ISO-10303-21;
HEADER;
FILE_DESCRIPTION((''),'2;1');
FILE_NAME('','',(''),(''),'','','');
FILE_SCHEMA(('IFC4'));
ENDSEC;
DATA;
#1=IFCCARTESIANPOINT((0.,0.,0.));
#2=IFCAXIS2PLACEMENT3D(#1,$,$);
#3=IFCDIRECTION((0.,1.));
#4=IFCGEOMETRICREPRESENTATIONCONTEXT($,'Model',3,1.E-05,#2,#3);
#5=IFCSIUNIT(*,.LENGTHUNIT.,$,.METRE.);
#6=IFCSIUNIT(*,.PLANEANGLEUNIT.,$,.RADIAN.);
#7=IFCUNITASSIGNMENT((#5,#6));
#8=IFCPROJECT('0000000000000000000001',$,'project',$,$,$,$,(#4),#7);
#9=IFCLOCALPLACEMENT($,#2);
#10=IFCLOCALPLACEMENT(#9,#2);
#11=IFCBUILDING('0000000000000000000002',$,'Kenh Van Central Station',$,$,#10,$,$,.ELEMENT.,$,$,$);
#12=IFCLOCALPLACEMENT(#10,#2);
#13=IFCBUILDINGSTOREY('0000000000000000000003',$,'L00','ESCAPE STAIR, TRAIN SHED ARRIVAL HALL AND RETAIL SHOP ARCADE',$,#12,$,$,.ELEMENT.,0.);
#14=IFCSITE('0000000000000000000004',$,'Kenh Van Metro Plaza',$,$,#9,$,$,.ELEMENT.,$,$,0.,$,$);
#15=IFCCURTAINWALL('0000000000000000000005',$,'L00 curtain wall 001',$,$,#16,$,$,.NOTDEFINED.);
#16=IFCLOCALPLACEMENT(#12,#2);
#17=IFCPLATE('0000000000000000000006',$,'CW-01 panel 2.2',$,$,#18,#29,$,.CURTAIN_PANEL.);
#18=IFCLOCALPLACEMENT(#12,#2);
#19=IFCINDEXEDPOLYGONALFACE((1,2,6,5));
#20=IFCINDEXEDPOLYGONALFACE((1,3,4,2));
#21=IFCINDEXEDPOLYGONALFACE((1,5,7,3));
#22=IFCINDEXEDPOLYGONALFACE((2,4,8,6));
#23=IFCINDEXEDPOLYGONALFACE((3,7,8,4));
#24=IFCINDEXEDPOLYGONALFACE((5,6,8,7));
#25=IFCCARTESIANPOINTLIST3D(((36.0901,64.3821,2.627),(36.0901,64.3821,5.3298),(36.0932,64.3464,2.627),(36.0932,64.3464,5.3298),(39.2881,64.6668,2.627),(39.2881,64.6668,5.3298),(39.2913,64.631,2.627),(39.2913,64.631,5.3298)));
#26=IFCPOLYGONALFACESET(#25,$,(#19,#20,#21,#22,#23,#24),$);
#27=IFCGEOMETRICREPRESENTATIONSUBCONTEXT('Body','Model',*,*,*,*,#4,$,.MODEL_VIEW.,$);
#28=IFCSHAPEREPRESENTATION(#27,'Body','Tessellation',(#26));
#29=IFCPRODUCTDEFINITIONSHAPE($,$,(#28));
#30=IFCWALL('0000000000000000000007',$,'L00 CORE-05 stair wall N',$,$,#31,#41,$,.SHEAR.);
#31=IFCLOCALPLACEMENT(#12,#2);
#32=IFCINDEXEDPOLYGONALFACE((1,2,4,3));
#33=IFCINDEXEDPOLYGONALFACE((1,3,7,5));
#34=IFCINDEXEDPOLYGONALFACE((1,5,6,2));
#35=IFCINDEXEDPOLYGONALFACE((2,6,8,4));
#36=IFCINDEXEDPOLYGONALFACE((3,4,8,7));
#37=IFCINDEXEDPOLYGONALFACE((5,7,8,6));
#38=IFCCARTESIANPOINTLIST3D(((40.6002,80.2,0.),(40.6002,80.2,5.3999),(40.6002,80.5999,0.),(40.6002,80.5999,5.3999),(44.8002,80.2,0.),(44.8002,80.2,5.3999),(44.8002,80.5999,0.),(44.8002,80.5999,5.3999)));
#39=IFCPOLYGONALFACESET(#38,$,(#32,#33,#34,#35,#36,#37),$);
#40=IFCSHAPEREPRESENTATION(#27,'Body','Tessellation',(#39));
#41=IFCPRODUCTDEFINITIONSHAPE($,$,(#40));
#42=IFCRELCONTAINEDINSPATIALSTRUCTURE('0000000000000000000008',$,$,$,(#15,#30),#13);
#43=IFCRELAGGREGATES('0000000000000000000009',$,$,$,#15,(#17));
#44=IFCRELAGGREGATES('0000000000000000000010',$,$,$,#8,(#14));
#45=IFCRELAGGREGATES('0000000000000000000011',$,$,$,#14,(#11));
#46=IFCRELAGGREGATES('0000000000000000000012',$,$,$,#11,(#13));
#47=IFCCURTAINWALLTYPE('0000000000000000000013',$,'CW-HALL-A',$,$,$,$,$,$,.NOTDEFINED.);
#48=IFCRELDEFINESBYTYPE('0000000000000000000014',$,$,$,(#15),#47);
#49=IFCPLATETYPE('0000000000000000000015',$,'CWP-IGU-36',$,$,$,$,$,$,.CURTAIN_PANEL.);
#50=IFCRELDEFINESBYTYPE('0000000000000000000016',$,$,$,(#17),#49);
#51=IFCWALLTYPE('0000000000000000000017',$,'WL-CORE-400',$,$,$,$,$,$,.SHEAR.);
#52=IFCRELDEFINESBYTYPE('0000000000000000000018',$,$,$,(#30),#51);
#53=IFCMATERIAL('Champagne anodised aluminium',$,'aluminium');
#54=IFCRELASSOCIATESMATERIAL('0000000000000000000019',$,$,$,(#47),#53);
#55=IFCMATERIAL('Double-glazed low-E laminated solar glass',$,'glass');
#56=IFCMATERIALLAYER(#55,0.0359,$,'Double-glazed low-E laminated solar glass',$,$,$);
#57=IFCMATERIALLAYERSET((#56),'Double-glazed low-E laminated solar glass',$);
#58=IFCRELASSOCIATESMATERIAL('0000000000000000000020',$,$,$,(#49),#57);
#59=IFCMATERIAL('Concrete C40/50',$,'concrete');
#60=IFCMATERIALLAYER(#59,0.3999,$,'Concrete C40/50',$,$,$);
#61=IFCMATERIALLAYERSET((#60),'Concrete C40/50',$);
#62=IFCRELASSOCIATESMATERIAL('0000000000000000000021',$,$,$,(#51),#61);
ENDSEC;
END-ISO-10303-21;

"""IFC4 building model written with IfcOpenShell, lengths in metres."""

from ifc_helpers import new_model, si_unit, direction, frame, frame_2d, origin, origin_2d, place, context, subcontext, project, spatial, rectangle, extrude, material, layer, layer_set, type_object, element, aggregate, save


model = new_model("IFC4")

# Units and contexts
model_context = context("Model", 3, precision=1e-05, world=origin(), true_north=direction((0.0, 1.0)))
body_context = subcontext(model_context, "Body", "Model", "MODEL_VIEW")
ifc_project = project(units=[si_unit("LENGTHUNIT", "METRE"), si_unit("PLANEANGLEUNIT", "RADIAN")], contexts=[model_context])

# Site, building, storey
site_placement = place(None, origin())
site = spatial("IfcSite", under=ifc_project, at=site_placement, Name="Kenh Van Metro Plaza", CompositionType="ELEMENT", RefElevation=0.0)
building_placement = place(site_placement, origin())
building = spatial("IfcBuilding", under=site, at=building_placement, Name="Kenh Van Central Station", CompositionType="ELEMENT")
storey_placement = place(building_placement, origin())
storey = spatial("IfcBuildingStorey", under=building, at=storey_placement, Name="L00", Description="ESCAPE STAIR, TRAIN SHED ARRIVAL HALL AND RETAIL SHOP ARCADE", CompositionType="ELEMENT", Elevation=0.0)

# Shared definitions
ifc_material_1 = material(Name="Concrete C40/50", Category="concrete")

# Shared definitions
ifc_material_2 = material(Name="Champagne anodised aluminium", Category="aluminium")
curtain_wall_type = type_object("IfcCurtainWallType", Name="CW-HALL-A", PredefinedType="NOTDEFINED", material=ifc_material_2)

# Curtain wall
curtain_wall_1_placement = place(storey_placement, origin())
curtain_wall_1 = element("IfcCurtainWall", 1, at=curtain_wall_1_placement, inside=storey, type_object=curtain_wall_type, Name="L00 curtain wall 001", PredefinedType="NOTDEFINED")

# Plate
ifc_material_3 = material(Name="Double-glazed low-E laminated solar glass", Category="glass")
ifc_layer_1 = layer(ifc_material_3, 0.0359, Name="Double-glazed low-E laminated solar glass")
ifc_layer_set_1 = layer_set([ifc_layer_1], Name="Double-glazed low-E laminated solar glass")
plate_type_1 = type_object("IfcPlateType", Name="CWP-IGU-36", PredefinedType="CURTAIN_PANEL", material=ifc_layer_set_1)
plate_1_placement = place(storey_placement, frame((37.6907, 64.5066, 2.627), z_axis=(0.0, 0.0, 1.0), x_axis=(0.996062, 0.08866, 0.0)))
plate_1 = element("IfcPlate", 2, at=plate_1_placement, type_object=plate_type_1, Name="CW-01 panel 2.2", PredefinedType="CURTAIN_PANEL", context=body_context, shape_type="SweptSolid", body=[
    extrude(rectangle(XDim=3.2107, YDim=0.0359, at=origin_2d()), origin(), (0.0, 0.0, 1.0), 2.7029),
])
aggregate(curtain_wall_1, [plate_1])

# Shared definitions
ifc_layer_2 = layer(ifc_material_1, 0.3999, Name="Concrete C40/50")
ifc_layer_set_2 = layer_set([ifc_layer_2], Name="Concrete C40/50")
wall_type = type_object("IfcWallType", Name="WL-CORE-400", PredefinedType="SHEAR", material=ifc_layer_set_2)

# Wall
wall_1_placement = place(storey_placement, frame((40.6001, 80.3999, 0.0), z_axis=(0.0, 0.0, 1.0), x_axis=(1.0, 0.0, 0.0)))
element("IfcWall", 3, at=wall_1_placement, inside=storey, type_object=wall_type, Name="L00 CORE-05 stair wall N", PredefinedType="SHEAR", context=body_context, shape_type="SweptSolid", body=[
    extrude(rectangle(XDim=4.2, YDim=0.3999, at=frame_2d((2.1001, 0.0))), origin(), (0.0, 0.0, 1.0), 5.3999),
])

save(model, "model.ifc")
